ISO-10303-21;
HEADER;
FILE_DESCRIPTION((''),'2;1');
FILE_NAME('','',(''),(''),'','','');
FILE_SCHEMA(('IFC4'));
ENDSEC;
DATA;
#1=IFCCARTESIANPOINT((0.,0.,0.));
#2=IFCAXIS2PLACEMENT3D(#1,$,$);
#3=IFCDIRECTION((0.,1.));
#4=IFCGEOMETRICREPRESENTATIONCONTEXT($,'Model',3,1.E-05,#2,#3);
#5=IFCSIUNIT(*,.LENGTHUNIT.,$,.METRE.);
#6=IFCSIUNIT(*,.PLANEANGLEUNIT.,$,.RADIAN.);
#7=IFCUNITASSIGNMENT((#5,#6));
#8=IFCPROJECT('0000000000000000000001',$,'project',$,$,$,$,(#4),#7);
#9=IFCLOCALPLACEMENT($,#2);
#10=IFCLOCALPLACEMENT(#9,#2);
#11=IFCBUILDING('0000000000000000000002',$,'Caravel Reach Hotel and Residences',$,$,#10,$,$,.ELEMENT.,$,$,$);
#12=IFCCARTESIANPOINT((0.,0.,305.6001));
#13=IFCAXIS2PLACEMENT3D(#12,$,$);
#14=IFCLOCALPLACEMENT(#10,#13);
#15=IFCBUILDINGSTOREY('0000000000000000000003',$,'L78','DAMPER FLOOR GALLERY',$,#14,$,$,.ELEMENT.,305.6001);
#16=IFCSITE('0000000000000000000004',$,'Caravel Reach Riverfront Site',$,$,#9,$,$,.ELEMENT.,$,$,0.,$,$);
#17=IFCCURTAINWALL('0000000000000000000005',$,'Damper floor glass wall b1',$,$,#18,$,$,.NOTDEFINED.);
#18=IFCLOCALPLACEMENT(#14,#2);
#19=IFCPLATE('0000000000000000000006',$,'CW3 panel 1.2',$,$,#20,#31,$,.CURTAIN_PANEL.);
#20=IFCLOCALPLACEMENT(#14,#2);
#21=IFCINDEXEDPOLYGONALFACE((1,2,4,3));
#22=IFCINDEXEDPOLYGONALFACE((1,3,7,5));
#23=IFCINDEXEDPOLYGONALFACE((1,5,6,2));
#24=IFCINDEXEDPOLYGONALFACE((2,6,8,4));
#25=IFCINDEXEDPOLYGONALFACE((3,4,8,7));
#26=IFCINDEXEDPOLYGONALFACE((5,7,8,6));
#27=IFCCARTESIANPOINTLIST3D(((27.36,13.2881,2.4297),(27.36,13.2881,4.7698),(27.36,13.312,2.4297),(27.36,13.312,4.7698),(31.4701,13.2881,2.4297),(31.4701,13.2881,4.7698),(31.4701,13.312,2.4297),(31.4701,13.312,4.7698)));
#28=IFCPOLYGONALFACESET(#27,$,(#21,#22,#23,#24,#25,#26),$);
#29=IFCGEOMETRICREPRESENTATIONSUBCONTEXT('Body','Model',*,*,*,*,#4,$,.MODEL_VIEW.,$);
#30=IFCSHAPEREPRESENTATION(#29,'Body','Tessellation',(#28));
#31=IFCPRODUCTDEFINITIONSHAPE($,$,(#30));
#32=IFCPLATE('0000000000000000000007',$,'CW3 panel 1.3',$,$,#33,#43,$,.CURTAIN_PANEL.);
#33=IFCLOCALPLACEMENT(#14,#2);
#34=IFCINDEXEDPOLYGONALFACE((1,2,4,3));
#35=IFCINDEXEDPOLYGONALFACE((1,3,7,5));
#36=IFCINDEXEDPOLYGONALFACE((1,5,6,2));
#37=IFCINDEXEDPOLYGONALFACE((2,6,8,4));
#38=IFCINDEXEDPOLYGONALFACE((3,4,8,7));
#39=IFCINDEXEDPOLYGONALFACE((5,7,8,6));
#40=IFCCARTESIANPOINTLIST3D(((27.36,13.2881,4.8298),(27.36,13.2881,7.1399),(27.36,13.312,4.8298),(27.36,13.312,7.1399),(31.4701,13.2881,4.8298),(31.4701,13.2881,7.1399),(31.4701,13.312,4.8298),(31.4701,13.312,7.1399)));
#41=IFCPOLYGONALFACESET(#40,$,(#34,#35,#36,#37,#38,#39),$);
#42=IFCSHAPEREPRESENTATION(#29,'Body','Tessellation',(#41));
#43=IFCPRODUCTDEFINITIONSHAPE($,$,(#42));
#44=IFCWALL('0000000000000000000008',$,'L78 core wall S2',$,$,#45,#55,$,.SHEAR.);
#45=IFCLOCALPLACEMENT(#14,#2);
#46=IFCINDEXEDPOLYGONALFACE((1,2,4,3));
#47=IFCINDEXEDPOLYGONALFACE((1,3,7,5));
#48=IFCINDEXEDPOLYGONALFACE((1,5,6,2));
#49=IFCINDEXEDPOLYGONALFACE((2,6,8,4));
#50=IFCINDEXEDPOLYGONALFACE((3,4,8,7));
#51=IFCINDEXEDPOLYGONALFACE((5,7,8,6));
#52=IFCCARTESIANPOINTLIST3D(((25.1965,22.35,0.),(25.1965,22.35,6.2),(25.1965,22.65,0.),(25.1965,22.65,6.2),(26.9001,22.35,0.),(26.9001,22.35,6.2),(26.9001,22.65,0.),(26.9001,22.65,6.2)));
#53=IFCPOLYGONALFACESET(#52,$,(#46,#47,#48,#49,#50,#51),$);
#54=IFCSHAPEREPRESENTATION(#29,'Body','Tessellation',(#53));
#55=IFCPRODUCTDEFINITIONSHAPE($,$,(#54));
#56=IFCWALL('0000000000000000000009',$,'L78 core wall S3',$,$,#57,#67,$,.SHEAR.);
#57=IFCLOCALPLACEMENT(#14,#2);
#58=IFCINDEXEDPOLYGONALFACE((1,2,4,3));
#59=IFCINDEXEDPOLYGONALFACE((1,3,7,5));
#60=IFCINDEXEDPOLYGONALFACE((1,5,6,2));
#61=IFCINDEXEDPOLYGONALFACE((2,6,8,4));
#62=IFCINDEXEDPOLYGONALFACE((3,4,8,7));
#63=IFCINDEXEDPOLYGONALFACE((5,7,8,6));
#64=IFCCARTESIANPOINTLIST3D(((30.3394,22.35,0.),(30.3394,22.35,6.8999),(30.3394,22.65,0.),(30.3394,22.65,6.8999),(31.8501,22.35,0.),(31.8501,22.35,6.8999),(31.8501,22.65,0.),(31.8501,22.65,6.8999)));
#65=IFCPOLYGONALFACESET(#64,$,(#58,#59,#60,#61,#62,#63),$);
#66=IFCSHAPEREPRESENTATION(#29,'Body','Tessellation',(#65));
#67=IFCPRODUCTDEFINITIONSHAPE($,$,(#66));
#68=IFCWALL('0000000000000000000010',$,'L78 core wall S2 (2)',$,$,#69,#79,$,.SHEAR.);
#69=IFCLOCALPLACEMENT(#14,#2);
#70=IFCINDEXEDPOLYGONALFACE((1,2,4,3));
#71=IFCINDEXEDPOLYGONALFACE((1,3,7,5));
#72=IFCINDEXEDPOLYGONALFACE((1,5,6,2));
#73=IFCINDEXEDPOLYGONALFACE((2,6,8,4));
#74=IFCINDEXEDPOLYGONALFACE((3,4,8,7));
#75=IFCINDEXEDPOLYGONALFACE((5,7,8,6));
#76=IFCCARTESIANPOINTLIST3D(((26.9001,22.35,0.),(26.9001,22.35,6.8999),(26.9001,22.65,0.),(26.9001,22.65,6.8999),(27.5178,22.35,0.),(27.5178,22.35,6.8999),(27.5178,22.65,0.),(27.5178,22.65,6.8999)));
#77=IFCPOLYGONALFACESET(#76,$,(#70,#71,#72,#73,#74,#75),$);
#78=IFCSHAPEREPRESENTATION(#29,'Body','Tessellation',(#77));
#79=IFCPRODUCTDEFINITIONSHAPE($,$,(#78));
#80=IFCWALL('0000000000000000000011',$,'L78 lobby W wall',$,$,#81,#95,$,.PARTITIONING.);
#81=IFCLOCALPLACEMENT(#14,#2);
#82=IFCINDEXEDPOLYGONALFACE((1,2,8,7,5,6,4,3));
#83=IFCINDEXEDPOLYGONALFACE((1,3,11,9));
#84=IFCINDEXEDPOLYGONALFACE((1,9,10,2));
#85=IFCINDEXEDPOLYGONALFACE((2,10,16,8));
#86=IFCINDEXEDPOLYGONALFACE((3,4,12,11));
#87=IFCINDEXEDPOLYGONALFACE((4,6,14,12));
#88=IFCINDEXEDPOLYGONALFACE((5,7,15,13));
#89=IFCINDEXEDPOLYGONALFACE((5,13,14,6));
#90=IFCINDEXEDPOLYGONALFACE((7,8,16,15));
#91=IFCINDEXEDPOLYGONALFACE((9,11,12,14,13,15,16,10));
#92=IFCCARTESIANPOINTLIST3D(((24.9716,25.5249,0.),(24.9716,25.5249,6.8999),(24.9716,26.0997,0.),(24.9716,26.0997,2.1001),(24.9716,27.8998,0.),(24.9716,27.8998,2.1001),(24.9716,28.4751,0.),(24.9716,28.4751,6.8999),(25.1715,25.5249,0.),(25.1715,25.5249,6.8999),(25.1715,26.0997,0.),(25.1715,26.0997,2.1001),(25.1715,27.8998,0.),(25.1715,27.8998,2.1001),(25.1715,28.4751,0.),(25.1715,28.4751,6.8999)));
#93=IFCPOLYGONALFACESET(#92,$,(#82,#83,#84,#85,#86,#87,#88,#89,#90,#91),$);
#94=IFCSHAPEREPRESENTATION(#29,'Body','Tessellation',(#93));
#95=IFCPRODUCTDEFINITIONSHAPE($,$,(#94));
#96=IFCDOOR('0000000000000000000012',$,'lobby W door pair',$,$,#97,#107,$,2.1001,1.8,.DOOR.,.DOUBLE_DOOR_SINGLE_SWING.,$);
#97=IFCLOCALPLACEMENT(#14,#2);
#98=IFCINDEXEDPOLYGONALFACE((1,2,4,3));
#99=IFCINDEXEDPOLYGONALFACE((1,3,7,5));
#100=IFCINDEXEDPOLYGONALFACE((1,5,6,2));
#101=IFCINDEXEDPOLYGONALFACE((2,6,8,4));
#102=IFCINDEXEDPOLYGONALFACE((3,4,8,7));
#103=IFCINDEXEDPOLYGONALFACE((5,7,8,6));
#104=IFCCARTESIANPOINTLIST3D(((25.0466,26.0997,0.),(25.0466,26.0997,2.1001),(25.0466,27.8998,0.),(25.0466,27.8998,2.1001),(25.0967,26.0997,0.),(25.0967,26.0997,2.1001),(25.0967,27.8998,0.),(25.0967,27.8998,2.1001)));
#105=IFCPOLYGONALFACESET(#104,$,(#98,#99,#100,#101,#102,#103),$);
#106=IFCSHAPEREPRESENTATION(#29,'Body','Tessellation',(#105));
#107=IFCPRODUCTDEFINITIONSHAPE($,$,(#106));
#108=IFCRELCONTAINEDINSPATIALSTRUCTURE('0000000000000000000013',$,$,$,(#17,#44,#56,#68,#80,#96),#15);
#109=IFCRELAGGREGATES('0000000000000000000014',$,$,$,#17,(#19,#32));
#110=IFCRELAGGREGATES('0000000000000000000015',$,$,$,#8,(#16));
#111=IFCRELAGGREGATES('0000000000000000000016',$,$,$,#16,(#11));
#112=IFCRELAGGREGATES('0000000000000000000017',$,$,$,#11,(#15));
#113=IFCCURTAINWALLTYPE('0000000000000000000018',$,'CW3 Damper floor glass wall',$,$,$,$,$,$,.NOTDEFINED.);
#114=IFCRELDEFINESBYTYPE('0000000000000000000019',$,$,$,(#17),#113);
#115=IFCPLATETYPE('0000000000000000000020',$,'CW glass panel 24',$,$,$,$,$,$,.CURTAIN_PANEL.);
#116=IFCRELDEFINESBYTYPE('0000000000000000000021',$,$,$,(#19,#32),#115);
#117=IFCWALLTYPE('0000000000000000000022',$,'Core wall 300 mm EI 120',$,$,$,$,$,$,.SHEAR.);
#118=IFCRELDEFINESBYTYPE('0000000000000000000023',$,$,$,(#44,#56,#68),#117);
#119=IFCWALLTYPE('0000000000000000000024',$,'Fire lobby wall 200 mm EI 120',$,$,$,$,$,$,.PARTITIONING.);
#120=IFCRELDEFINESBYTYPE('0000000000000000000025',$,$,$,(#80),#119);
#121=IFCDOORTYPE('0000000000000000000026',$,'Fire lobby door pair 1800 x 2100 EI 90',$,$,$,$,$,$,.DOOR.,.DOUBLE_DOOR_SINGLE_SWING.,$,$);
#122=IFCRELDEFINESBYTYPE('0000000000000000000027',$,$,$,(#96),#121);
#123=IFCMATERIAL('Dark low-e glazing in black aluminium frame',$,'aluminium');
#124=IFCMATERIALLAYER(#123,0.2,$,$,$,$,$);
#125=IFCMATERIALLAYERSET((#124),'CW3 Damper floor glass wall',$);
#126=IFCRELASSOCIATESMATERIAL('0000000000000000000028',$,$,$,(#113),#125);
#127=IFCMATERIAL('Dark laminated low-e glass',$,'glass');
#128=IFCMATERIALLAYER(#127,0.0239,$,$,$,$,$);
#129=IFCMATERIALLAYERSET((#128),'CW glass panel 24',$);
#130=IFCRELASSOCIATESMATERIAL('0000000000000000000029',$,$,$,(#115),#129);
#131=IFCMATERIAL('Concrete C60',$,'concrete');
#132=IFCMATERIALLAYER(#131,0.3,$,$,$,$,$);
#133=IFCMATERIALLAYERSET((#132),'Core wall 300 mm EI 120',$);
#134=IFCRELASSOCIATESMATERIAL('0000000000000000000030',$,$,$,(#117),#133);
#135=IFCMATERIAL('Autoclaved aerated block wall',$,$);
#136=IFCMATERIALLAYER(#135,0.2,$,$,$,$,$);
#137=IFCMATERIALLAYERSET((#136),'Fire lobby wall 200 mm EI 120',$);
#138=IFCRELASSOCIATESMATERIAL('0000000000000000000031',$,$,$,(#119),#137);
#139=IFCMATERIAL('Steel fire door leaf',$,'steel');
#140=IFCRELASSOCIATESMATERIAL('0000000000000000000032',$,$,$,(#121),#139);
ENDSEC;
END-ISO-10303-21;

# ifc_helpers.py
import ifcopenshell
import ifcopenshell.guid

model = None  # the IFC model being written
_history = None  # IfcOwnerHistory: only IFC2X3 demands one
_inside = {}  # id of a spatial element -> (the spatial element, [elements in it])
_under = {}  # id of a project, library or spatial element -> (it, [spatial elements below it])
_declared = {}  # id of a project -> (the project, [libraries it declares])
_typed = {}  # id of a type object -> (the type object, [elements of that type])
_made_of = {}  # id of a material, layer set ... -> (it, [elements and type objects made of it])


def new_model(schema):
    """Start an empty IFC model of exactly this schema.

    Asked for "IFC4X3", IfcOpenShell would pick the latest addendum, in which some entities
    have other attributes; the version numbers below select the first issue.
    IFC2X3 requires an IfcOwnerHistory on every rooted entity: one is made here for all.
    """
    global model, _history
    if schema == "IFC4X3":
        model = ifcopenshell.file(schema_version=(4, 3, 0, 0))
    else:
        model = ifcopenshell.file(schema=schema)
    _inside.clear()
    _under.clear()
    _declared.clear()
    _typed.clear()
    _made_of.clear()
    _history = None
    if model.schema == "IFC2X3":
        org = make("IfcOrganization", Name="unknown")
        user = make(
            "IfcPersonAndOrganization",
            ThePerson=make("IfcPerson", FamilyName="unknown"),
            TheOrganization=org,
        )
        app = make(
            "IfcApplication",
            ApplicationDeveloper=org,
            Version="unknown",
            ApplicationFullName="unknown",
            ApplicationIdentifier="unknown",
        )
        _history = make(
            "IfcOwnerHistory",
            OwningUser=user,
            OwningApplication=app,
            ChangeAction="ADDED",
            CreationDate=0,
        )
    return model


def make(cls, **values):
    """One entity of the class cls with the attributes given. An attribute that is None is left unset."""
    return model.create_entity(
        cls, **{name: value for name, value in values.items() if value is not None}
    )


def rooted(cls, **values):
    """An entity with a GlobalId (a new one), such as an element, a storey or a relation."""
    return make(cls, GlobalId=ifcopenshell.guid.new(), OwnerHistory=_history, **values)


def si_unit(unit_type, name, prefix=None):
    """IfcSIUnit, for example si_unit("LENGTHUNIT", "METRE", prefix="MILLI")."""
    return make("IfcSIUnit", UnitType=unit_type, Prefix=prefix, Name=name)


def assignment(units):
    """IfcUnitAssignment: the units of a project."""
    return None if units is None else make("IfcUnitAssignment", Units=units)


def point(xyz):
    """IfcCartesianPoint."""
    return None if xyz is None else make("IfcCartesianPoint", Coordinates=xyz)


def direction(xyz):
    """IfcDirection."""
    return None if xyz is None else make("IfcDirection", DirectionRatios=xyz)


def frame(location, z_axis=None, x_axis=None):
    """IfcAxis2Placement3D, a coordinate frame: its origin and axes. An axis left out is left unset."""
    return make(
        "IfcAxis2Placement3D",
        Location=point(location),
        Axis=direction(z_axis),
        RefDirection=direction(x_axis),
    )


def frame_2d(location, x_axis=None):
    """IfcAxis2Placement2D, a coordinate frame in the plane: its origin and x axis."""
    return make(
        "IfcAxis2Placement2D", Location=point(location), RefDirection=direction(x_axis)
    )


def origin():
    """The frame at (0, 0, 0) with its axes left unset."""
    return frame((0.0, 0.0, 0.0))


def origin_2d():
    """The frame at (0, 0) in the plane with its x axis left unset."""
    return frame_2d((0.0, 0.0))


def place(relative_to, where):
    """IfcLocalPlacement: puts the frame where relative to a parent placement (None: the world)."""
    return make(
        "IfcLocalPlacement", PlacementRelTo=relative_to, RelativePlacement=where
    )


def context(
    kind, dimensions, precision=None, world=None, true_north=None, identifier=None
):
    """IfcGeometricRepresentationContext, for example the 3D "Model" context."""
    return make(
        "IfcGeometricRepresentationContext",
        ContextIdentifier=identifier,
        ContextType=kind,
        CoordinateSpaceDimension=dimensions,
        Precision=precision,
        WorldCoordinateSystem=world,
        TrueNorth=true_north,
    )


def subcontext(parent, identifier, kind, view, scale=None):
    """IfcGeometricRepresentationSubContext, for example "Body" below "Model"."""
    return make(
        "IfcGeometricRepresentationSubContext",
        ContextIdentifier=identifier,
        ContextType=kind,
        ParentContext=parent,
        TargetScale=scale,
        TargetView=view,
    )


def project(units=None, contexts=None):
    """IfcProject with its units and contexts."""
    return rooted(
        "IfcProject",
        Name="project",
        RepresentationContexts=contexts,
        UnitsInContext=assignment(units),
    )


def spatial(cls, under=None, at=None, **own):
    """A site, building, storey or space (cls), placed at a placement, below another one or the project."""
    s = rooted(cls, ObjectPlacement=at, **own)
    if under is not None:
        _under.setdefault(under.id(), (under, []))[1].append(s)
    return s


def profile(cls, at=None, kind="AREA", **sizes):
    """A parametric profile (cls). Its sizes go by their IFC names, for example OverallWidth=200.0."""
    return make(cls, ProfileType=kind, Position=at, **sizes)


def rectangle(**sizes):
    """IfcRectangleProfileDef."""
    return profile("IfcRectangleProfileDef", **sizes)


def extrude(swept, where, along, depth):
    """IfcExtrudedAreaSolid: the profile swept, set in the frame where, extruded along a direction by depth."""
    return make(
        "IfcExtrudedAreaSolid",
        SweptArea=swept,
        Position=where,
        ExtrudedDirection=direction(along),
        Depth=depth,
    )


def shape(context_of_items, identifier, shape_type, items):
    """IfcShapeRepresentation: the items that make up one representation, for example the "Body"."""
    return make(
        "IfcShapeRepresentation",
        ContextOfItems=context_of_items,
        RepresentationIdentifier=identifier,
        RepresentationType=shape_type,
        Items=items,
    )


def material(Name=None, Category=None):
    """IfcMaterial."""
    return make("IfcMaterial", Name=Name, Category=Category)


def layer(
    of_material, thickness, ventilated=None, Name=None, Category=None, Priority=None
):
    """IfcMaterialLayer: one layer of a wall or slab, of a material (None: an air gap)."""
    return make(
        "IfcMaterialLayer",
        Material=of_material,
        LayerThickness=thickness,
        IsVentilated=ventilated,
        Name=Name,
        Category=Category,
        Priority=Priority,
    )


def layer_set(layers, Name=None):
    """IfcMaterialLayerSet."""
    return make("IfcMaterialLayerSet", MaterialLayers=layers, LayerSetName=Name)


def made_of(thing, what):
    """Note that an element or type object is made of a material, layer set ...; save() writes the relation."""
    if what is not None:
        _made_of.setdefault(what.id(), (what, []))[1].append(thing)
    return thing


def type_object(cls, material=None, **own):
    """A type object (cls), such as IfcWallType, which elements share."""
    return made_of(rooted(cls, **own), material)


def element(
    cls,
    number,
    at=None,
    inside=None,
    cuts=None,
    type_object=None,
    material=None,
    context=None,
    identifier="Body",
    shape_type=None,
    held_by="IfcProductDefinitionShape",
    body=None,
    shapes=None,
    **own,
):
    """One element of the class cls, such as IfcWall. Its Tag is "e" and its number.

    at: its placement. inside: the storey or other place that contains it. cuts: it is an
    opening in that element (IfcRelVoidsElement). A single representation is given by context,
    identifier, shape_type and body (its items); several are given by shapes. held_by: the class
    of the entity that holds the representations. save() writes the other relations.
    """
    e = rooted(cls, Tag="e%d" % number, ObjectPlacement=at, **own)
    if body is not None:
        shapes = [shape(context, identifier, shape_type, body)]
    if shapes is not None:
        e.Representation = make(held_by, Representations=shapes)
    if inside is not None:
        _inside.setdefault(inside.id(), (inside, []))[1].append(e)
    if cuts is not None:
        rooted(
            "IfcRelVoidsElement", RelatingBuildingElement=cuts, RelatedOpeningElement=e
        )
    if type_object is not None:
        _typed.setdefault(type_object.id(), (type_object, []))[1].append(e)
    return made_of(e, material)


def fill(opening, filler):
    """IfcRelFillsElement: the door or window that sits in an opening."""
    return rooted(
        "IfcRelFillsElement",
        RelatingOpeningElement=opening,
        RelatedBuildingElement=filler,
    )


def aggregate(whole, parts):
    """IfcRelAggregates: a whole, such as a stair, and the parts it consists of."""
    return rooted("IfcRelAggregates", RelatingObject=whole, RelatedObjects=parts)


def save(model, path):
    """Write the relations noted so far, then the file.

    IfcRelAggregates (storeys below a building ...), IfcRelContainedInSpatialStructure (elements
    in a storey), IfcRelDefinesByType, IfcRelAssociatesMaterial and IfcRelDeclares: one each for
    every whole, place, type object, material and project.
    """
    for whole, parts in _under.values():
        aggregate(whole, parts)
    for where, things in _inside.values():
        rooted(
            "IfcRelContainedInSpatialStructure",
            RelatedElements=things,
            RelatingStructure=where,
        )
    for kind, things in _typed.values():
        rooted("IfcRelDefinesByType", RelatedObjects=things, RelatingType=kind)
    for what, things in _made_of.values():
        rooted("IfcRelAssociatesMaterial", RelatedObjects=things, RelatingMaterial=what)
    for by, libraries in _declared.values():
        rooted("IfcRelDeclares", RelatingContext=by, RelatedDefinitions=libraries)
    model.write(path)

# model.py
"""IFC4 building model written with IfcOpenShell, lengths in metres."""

from ifc_helpers import new_model, si_unit, direction, frame, frame_2d, origin, origin_2d, place, context, subcontext, project, spatial, rectangle, extrude, material, layer, layer_set, type_object, element, fill, aggregate, save


model = new_model("IFC4")

# Units and contexts
model_context = context("Model", 3, precision=1e-05, world=origin(), true_north=direction((0.0, 1.0)))
body_context = subcontext(model_context, "Body", "Model", "MODEL_VIEW")
ifc_project = project(units=[si_unit("LENGTHUNIT", "METRE"), si_unit("PLANEANGLEUNIT", "RADIAN")], contexts=[model_context])

# Site, building, storey
site_placement = place(None, origin())
site = spatial("IfcSite", under=ifc_project, at=site_placement, Name="Caravel Reach Riverfront Site", CompositionType="ELEMENT", RefElevation=0.0)
building_placement = place(site_placement, origin())
building = spatial("IfcBuilding", under=site, at=building_placement, Name="Caravel Reach Hotel and Residences", CompositionType="ELEMENT")
storey_placement = place(building_placement, frame((0.0, 0.0, 305.6001)))
storey = spatial("IfcBuildingStorey", under=building, at=storey_placement, Name="L78", Description="DAMPER FLOOR GALLERY", CompositionType="ELEMENT", Elevation=305.6001)

# Shared definitions
ifc_material_1 = material(Name="Dark low-e glazing in black aluminium frame", Category="aluminium")
ifc_layer_1 = layer(ifc_material_1, 0.2)
ifc_layer_set_1 = layer_set([ifc_layer_1], Name="CW3 Damper floor glass wall")
curtain_wall_type = type_object("IfcCurtainWallType", Name="CW3 Damper floor glass wall", PredefinedType="NOTDEFINED", material=ifc_layer_set_1)

# Curtain wall
curtain_wall_1_placement = place(storey_placement, origin())
curtain_wall_1 = element("IfcCurtainWall", 1, at=curtain_wall_1_placement, inside=storey, type_object=curtain_wall_type, Name="Damper floor glass wall b1", PredefinedType="NOTDEFINED")

# Plates
ifc_material_2 = material(Name="Dark laminated low-e glass", Category="glass")
ifc_layer_2 = layer(ifc_material_2, 0.0239)
ifc_layer_set_2 = layer_set([ifc_layer_2], Name="CW glass panel 24")
plate_type = type_object("IfcPlateType", Name="CW glass panel 24", PredefinedType="CURTAIN_PANEL", material=ifc_layer_set_2)
plate_1_placement = place(storey_placement, frame((29.415, 13.3, 2.4297), z_axis=(0.0, 0.0, 1.0), x_axis=(1.0, 0.0, 0.0)))
plate_1 = element("IfcPlate", 2, at=plate_1_placement, type_object=plate_type, Name="CW3 panel 1.2", PredefinedType="CURTAIN_PANEL", context=body_context, shape_type="SweptSolid", body=[
    extrude(rectangle(XDim=4.1101, YDim=0.0239, at=origin_2d()), origin(), (0.0, 0.0, 1.0), 2.3401),
])
plate_2_placement = place(storey_placement, frame((29.415, 13.3, 4.8298), z_axis=(0.0, 0.0, 1.0), x_axis=(1.0, 0.0, 0.0)))
plate_2 = element("IfcPlate", 3, at=plate_2_placement, type_object=plate_type, Name="CW3 panel 1.3", PredefinedType="CURTAIN_PANEL", context=body_context, shape_type="SweptSolid", body=[
    extrude(rectangle(XDim=4.1101, YDim=0.0239, at=origin_2d()), origin(), (0.0, 0.0, 1.0), 2.3101),
])
aggregate(curtain_wall_1, [plate_1, plate_2])

# Walls
ifc_material_3 = material(Name="Concrete C60", Category="concrete")
ifc_layer_3 = layer(ifc_material_3, 0.3)
ifc_layer_set_3 = layer_set([ifc_layer_3], Name="Core wall 300 mm EI 120")
wall_type_1 = type_object("IfcWallType", Name="Core wall 300 mm EI 120", PredefinedType="SHEAR", material=ifc_layer_set_3)
wall_1_placement = place(storey_placement, frame((25.1965, 22.5, 0.0), z_axis=(0.0, 0.0, 1.0), x_axis=(1.0, 0.0, 0.0)))
element("IfcWall", 4, at=wall_1_placement, inside=storey, type_object=wall_type_1, Name="L78 core wall S2", PredefinedType="SHEAR", context=body_context, shape_type="SweptSolid", body=[
    extrude(rectangle(XDim=1.7036, YDim=0.3, at=frame_2d((0.8518, 0.0))), origin(), (0.0, 0.0, 1.0), 6.2),
])
wall_2_placement = place(storey_placement, frame((30.3394, 22.5, 0.0), z_axis=(0.0, 0.0, 1.0), x_axis=(1.0, 0.0, 0.0)))
element("IfcWall", 5, at=wall_2_placement, inside=storey, type_object=wall_type_1, Name="L78 core wall S3", PredefinedType="SHEAR", context=body_context, shape_type="SweptSolid", body=[
    extrude(rectangle(XDim=1.5107, YDim=0.3, at=frame_2d((0.7554, 0.0))), origin(), (0.0, 0.0, 1.0), 6.8999),
])
wall_3_placement = place(storey_placement, frame((26.9001, 22.5, 0.0), z_axis=(0.0, 0.0, 1.0), x_axis=(1.0, 0.0, 0.0)))
element("IfcWall", 6, at=wall_3_placement, inside=storey, type_object=wall_type_1, Name="L78 core wall S2 (2)", PredefinedType="SHEAR", context=body_context, shape_type="SweptSolid", body=[
    extrude(rectangle(XDim=0.6177, YDim=0.3, at=frame_2d((0.3088, 0.0))), origin(), (0.0, 0.0, 1.0), 6.8999),
])

# Wall, opening, door
ifc_material_4 = material(Name="Autoclaved aerated block wall")
ifc_layer_4 = layer(ifc_material_4, 0.2)
ifc_layer_set_4 = layer_set([ifc_layer_4], Name="Fire lobby wall 200 mm EI 120")
wall_type_2 = type_object("IfcWallType", Name="Fire lobby wall 200 mm EI 120", PredefinedType="PARTITIONING", material=ifc_layer_set_4)
wall_4_placement = place(storey_placement, frame((25.0715, 25.5249, 0.0), z_axis=(0.0, 0.0, 1.0), x_axis=(0.0, 1.0, 0.0)))
wall_4 = element("IfcWall", 7, at=wall_4_placement, inside=storey, type_object=wall_type_2, Name="L78 lobby W wall", PredefinedType="PARTITIONING", context=body_context, shape_type="SweptSolid", body=[
    extrude(rectangle(XDim=2.9502, YDim=0.2, at=frame_2d((1.4751, 0.0))), origin(), (0.0, 0.0, 1.0), 6.8999),
])
opening_placement = place(wall_4_placement, frame((0.575, 0.0, 0.0)))
opening = element("IfcOpeningElement", 8, at=opening_placement, cuts=wall_4, PredefinedType="OPENING", context=body_context, shape_type="SweptSolid", body=[
    extrude(rectangle(XDim=1.8, YDim=2.1001, at=frame_2d((0.8999, 1.05))), frame((0.0, 0.1099, 0.0), z_axis=(0.0, -1.0, 0.0), x_axis=(1.0, 0.0, 0.0)), (0.0, 0.0, 1.0), 0.22),
])
ifc_material_5 = material(Name="Steel fire door leaf", Category="steel")
door_type = type_object("IfcDoorType", Name="Fire lobby door pair 1800 x 2100 EI 90", OperationType="DOUBLE_DOOR_SINGLE_SWING", PredefinedType="DOOR", material=ifc_material_5)
door_placement = place(opening_placement, origin())
door = element("IfcDoor", 9, at=door_placement, inside=storey, type_object=door_type, Name="lobby W door pair", OperationType="DOUBLE_DOOR_SINGLE_SWING", OverallHeight=2.1001, OverallWidth=1.8, PredefinedType="DOOR", context=body_context, shape_type="SweptSolid", body=[
    extrude(rectangle(XDim=1.8, YDim=2.1001, at=frame_2d((0.8999, 1.05))), frame((0.0, 0.0249, 0.0), z_axis=(0.0, -1.0, 0.0), x_axis=(1.0, 0.0, 0.0)), (0.0, 0.0, 1.0), 0.05),
])
fill(opening, door)

save(model, "model.ifc")
